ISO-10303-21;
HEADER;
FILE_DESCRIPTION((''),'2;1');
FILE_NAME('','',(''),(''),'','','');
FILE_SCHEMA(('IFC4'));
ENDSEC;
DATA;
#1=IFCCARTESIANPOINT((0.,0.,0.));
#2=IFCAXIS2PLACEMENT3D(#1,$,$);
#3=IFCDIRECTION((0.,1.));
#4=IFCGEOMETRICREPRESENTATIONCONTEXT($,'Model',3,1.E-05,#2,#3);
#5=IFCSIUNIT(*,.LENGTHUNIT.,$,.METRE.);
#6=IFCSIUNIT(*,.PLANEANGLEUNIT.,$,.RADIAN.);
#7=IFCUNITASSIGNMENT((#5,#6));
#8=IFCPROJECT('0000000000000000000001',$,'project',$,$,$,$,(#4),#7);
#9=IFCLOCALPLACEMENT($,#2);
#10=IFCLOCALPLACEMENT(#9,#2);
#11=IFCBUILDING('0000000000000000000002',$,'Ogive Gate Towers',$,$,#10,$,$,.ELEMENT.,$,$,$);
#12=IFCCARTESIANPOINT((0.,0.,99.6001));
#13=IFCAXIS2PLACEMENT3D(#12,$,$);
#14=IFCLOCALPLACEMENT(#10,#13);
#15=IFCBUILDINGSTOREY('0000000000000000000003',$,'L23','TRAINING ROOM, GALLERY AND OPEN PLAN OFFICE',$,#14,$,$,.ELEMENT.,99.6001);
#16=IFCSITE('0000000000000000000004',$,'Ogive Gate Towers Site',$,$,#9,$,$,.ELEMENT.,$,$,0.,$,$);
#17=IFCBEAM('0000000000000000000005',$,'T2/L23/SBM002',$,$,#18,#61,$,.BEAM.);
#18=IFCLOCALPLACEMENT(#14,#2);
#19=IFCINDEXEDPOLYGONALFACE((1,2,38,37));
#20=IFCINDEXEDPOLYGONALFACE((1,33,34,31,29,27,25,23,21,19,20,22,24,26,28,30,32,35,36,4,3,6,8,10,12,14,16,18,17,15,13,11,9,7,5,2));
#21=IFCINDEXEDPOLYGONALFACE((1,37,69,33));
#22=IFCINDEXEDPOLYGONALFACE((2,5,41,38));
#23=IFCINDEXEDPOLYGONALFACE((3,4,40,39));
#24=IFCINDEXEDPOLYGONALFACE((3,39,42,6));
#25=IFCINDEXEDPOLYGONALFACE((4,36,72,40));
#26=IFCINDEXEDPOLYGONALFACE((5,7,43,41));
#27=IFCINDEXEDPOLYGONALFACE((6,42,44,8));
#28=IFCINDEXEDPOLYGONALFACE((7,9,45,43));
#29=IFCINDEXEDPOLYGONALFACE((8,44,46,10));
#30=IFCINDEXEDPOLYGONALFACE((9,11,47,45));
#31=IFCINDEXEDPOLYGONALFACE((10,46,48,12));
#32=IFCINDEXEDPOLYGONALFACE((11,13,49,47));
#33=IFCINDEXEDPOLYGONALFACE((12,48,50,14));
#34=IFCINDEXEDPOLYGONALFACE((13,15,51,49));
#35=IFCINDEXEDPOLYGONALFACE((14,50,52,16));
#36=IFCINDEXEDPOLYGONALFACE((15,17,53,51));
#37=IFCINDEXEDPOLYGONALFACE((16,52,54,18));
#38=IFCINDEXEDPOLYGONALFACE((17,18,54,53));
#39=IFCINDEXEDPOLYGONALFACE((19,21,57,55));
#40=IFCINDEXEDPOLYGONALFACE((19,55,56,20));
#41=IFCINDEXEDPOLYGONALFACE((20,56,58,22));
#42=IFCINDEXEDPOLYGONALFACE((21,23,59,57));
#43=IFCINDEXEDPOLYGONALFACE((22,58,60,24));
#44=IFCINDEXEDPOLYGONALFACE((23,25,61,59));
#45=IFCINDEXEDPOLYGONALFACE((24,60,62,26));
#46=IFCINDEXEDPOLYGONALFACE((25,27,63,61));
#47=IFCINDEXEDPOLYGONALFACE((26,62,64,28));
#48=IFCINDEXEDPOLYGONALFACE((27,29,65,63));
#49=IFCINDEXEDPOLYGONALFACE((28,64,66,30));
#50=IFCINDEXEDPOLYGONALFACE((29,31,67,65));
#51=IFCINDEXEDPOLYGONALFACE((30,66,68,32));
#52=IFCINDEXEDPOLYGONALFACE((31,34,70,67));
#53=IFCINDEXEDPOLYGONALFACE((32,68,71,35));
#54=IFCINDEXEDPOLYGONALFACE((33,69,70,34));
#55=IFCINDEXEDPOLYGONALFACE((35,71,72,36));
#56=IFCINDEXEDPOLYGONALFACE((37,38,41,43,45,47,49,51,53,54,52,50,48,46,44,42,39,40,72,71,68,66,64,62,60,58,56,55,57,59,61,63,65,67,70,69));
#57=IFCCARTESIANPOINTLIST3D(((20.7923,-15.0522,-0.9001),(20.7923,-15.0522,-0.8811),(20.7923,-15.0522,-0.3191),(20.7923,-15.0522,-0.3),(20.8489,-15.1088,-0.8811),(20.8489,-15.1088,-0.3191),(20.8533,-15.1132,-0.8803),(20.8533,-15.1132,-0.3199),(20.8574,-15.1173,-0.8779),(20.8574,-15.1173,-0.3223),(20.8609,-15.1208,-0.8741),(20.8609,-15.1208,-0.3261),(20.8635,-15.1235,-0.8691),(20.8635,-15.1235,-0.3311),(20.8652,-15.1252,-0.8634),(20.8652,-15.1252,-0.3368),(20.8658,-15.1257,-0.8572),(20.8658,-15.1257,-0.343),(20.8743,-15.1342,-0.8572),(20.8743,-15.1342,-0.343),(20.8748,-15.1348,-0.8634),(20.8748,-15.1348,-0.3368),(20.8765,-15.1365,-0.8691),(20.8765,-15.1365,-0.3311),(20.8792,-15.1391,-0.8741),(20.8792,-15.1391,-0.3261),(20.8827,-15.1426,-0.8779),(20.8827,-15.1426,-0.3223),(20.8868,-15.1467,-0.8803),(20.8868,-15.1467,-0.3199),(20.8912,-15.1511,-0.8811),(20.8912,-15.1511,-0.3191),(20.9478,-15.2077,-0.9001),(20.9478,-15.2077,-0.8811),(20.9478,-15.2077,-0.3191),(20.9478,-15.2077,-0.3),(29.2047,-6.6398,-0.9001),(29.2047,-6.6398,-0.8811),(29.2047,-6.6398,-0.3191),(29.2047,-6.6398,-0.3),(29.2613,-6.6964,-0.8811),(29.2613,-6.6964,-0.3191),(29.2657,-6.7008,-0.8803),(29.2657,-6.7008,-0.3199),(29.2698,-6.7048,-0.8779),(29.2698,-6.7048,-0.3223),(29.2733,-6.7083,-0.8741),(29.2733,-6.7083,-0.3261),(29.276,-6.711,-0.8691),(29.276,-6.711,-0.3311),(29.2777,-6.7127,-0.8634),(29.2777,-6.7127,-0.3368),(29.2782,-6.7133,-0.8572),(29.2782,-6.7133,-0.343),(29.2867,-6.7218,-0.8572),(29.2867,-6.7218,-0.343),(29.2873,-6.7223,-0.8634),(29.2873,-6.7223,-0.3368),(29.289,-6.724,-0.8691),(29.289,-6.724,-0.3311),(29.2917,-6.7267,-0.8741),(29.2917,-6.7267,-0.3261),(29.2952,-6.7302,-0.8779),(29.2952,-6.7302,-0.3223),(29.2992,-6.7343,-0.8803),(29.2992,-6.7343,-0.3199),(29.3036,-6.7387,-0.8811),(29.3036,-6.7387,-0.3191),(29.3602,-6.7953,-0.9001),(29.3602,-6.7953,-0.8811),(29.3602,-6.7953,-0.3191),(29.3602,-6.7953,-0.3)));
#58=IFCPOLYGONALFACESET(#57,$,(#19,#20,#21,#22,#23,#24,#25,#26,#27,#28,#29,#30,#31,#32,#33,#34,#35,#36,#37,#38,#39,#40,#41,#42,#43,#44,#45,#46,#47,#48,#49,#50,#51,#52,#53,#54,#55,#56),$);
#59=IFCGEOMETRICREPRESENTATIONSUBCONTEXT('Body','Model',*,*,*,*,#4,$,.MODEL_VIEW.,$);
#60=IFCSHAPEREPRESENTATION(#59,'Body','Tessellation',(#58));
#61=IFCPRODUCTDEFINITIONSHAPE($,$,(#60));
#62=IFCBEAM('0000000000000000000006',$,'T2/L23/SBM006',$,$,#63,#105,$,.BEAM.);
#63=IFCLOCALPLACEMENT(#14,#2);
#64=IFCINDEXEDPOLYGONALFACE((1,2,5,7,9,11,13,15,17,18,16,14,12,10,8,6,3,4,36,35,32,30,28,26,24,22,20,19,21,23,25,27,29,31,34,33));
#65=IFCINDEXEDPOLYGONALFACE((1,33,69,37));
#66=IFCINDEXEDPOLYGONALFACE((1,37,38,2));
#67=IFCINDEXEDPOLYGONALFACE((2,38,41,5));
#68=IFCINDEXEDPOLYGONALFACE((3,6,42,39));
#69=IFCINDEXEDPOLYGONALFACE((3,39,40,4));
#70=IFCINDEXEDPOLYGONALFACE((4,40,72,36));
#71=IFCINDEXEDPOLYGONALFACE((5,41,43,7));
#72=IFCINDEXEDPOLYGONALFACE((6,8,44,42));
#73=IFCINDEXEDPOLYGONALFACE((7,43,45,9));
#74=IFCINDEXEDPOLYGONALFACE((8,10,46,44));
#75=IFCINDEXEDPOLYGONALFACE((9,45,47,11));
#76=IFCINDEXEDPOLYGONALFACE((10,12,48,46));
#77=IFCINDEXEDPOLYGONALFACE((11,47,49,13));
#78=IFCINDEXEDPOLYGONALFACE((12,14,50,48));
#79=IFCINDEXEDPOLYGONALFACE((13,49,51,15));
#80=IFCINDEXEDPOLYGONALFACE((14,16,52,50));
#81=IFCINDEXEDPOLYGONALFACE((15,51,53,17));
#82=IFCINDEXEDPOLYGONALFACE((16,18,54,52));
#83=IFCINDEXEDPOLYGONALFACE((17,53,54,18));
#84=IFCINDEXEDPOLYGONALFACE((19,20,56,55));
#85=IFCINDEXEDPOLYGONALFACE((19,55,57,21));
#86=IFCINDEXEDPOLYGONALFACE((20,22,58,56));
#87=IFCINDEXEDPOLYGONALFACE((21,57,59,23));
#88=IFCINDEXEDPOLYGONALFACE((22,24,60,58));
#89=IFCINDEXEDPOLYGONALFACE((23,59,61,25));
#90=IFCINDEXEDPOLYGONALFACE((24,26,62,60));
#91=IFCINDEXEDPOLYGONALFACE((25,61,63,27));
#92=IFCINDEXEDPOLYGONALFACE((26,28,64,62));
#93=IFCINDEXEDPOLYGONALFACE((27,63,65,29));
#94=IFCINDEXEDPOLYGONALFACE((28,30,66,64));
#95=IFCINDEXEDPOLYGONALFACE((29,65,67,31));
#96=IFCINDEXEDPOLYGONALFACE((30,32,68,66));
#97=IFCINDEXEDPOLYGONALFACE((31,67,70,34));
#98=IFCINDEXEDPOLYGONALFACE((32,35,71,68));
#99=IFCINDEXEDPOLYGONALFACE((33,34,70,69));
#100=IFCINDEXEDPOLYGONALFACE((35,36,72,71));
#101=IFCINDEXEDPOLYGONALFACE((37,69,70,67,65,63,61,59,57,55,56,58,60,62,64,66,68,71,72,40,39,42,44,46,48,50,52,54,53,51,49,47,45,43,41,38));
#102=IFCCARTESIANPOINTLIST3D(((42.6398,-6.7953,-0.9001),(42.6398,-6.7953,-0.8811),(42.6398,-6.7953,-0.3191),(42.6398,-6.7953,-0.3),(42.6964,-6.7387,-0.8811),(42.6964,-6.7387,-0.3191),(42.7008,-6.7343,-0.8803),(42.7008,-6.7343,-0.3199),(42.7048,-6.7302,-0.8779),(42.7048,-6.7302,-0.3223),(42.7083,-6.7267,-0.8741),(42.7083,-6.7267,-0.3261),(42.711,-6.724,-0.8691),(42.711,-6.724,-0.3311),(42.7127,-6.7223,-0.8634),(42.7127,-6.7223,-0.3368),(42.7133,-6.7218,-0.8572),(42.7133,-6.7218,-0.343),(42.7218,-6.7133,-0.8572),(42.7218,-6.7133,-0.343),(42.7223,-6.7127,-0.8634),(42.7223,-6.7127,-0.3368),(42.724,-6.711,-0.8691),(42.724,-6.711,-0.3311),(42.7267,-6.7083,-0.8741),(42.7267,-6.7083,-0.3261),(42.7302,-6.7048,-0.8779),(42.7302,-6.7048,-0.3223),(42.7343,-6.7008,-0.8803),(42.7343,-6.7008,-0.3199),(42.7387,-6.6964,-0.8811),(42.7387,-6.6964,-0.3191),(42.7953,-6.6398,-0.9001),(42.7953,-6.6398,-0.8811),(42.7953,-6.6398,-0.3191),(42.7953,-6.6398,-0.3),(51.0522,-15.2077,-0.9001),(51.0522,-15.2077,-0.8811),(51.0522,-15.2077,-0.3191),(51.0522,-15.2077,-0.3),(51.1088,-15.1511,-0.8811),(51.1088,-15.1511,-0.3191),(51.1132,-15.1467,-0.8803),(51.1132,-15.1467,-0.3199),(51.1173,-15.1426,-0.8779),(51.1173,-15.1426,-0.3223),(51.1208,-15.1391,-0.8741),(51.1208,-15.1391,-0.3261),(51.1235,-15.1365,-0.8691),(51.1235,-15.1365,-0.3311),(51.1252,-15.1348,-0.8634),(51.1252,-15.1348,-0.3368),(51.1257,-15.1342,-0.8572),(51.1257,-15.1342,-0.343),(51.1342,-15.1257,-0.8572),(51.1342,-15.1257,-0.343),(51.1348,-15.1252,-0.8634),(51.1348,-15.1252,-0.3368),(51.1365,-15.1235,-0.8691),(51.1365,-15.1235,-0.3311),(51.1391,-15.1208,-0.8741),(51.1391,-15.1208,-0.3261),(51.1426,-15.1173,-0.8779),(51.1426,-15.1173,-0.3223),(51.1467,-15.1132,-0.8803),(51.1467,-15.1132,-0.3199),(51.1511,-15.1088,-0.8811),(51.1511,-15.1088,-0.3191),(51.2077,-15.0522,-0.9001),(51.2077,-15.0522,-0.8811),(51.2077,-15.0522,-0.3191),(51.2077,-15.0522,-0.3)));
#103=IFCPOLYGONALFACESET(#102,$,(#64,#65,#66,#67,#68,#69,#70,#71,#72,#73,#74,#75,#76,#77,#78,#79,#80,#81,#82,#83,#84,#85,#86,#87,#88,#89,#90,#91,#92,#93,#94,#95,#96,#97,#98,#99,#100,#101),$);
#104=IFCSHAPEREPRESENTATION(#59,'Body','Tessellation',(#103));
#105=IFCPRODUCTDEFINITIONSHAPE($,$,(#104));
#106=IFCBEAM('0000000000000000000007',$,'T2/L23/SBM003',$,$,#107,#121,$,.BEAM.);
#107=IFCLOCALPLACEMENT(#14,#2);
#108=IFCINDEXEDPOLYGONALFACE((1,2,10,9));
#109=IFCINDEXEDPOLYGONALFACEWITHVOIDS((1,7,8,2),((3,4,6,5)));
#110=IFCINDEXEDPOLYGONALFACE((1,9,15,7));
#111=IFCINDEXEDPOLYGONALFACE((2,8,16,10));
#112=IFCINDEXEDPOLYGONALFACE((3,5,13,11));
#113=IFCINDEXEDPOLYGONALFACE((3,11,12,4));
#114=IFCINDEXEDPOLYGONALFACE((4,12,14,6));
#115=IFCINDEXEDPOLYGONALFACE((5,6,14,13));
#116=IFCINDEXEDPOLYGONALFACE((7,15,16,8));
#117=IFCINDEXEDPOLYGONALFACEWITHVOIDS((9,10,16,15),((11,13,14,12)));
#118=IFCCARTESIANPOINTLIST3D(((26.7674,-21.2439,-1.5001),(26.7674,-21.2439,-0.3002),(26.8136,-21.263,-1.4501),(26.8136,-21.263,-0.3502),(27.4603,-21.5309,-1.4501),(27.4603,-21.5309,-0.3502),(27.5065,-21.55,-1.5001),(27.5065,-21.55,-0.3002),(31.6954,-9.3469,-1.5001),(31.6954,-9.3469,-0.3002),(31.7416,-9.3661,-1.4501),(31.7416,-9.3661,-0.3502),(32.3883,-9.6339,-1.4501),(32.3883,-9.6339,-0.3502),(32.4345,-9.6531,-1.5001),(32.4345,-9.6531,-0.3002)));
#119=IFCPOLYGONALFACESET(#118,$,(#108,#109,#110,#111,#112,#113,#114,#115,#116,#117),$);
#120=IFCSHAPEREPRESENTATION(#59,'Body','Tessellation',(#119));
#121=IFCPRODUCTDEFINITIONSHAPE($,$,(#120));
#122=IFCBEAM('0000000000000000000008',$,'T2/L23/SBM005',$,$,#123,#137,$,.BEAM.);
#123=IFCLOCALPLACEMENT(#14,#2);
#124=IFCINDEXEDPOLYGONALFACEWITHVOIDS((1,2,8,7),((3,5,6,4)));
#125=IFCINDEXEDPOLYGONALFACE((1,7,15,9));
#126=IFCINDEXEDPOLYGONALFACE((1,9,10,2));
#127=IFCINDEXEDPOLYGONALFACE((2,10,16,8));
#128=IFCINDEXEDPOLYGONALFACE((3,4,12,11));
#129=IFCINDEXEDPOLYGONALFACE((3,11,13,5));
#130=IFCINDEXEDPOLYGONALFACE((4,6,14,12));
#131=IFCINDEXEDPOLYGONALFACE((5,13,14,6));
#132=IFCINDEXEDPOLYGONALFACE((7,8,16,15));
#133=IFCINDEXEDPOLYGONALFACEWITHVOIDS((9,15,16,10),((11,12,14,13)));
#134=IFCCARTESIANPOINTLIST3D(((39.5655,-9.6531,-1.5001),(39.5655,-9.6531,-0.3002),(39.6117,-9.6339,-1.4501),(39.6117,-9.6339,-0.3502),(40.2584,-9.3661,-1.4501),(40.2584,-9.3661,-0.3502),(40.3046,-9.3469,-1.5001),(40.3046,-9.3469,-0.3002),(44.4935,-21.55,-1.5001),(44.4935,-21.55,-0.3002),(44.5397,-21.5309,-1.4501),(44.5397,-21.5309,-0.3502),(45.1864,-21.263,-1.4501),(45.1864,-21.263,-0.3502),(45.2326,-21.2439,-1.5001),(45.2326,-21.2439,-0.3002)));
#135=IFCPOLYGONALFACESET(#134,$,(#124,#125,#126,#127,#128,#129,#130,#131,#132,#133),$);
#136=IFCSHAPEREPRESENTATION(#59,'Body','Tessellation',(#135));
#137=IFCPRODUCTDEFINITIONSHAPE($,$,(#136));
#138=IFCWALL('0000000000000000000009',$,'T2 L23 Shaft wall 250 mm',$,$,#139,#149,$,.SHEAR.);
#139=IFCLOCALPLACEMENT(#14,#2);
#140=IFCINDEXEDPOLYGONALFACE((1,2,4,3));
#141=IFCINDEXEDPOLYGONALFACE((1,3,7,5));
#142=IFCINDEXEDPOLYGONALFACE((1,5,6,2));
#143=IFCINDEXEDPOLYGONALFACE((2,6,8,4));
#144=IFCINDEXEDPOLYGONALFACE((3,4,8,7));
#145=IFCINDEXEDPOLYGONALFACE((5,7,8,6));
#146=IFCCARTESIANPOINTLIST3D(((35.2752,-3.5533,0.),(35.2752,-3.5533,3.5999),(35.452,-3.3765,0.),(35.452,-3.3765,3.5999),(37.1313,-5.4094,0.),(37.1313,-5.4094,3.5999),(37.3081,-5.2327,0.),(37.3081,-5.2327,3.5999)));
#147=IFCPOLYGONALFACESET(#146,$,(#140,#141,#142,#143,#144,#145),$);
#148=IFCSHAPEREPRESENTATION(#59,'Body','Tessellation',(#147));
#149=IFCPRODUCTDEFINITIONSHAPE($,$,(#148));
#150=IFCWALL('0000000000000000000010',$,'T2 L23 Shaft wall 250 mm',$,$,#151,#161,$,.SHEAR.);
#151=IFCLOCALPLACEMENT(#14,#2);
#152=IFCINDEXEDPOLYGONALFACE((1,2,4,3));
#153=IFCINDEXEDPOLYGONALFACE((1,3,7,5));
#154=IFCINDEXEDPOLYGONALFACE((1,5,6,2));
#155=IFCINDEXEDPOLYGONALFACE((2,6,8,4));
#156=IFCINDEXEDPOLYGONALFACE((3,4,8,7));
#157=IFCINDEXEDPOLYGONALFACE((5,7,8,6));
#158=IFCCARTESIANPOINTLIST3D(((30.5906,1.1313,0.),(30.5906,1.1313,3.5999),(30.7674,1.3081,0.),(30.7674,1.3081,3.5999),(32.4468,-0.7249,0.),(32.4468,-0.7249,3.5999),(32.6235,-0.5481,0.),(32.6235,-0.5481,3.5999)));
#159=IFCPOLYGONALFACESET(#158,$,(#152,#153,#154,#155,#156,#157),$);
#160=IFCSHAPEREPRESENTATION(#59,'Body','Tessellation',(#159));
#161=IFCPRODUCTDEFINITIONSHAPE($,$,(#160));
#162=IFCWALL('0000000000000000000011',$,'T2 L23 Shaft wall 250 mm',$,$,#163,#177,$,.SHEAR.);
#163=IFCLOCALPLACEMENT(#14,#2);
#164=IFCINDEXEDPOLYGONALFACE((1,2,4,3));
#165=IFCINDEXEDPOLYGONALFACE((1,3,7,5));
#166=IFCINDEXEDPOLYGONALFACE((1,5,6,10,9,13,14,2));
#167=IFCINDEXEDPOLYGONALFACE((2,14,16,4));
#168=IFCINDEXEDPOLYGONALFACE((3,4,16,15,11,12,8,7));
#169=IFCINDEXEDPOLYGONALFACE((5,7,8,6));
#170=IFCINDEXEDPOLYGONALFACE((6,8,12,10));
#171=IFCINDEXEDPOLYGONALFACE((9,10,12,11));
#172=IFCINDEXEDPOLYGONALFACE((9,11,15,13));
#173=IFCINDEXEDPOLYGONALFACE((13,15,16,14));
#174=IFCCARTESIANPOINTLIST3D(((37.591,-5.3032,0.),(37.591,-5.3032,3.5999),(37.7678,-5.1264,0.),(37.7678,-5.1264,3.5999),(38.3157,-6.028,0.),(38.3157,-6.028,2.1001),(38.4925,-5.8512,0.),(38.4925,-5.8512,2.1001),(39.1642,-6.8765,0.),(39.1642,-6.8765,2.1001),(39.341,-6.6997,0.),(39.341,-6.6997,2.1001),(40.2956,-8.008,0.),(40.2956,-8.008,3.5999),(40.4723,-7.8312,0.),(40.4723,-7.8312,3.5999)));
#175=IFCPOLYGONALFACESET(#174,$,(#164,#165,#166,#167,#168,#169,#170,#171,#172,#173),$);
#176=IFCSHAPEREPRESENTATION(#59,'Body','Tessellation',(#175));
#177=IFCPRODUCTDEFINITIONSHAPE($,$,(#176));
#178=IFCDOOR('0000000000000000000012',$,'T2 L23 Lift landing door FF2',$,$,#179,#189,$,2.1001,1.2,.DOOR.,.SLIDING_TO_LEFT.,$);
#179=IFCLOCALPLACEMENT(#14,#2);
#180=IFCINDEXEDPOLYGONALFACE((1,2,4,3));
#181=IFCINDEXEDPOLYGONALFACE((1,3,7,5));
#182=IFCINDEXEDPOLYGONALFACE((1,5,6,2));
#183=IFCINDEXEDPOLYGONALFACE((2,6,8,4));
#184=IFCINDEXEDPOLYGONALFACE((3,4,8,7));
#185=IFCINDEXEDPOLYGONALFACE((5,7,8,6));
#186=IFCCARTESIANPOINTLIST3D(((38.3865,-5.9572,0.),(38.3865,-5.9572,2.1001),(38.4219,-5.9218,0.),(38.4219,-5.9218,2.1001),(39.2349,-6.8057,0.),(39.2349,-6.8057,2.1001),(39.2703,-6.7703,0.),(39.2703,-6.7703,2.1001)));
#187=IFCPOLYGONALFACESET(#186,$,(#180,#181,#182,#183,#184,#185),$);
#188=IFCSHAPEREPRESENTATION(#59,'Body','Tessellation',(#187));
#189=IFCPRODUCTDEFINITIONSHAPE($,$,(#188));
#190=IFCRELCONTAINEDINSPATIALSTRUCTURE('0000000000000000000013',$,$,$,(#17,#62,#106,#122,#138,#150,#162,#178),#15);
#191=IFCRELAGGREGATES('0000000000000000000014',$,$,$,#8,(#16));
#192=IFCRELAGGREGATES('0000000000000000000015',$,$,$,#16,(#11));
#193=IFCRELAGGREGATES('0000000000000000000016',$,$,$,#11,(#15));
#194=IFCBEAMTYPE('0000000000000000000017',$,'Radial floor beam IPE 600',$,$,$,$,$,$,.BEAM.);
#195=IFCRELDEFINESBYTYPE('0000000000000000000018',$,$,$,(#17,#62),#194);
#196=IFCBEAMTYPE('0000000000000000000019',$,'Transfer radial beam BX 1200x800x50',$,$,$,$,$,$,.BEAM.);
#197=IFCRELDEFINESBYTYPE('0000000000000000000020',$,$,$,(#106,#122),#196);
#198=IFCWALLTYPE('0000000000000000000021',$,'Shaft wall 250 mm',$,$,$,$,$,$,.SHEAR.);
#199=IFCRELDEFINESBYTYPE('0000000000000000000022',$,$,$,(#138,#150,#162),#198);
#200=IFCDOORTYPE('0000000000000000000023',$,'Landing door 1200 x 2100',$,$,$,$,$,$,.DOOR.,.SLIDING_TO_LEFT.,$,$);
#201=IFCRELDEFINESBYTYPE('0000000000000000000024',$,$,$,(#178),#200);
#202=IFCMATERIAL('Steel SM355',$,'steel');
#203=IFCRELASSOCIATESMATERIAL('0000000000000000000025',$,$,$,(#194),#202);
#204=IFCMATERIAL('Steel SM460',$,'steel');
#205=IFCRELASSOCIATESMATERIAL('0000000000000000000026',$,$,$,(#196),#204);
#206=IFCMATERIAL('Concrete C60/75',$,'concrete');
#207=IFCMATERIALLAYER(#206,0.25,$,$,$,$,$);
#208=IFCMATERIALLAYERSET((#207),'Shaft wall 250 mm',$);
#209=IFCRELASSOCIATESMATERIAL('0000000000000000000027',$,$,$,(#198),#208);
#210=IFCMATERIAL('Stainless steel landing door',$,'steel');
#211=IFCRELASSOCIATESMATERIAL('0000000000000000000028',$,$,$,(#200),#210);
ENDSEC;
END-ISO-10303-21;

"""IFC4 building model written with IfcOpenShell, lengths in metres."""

from ifc_helpers import new_model, si_unit, direction, frame, frame_2d, origin, origin_2d, place, context, subcontext, project, spatial, rectangle, hollow_rectangle, i_section, extrude, material, layer, layer_set, material_profile, profile_set, type_object, element, fill, save


model = new_model("IFC4")

# Units and contexts
model_context = context("Model", 3, precision=1e-05, world=origin(), true_north=direction((0.0, 1.0)))
body_context = subcontext(model_context, "Body", "Model", "MODEL_VIEW")
ifc_project = project(units=[si_unit("LENGTHUNIT", "METRE"), si_unit("PLANEANGLEUNIT", "RADIAN")], contexts=[model_context])

# Site, building, storey
site_placement = place(None, origin())
site = spatial("IfcSite", under=ifc_project, at=site_placement, Name="Ogive Gate Towers Site", CompositionType="ELEMENT", RefElevation=0.0)
building_placement = place(site_placement, origin())
building = spatial("IfcBuilding", under=site, at=building_placement, Name="Ogive Gate Towers", CompositionType="ELEMENT")
storey_placement = place(building_placement, frame((0.0, 0.0, 99.6001)))
storey = spatial("IfcBuildingStorey", under=building, at=storey_placement, Name="L23", Description="TRAINING ROOM, GALLERY AND OPEN PLAN OFFICE", CompositionType="ELEMENT", Elevation=99.6001)

# Beams
ifc_material_1 = material(Name="Steel SM355", Category="steel")
ifc_material_profile_1 = material_profile(ifc_material_1, i_section(OverallWidth=0.22, OverallDepth=0.6001, WebThickness=0.012, FlangeThickness=0.019, FilletRadius=0.0239, at=origin_2d()), Name="IPE 600")
ifc_profile_set_1 = profile_set([ifc_material_profile_1], Name="Steel SM355")
beam_type_1 = type_object("IfcBeamType", Name="Radial floor beam IPE 600", PredefinedType="BEAM", material=ifc_profile_set_1)
for number, where, z_axis, x_axis, name in (
    (1, (29.2825, -6.7175, -0.6001), (-0.707107, -0.707107, 0.0), (0.707107, -0.707107, 0.0), "T2/L23/SBM002"),
    (2, (42.7175, -6.7175, -0.6001), (0.707107, -0.707107, 0.0), (0.707107, 0.707107, 0.0), "T2/L23/SBM006"),
):
    element("IfcBeam", number, at=place(storey_placement, frame(where, z_axis=z_axis, x_axis=x_axis)), inside=storey, type_object=beam_type_1, Name=name, PredefinedType="BEAM", context=body_context, shape_type="SweptSolid", body=[
        extrude(i_section(OverallWidth=0.22, OverallDepth=0.6001, WebThickness=0.012, FlangeThickness=0.019, FilletRadius=0.0239, at=origin_2d()), origin(), (0.0, 0.0, 1.0), 11.897),
    ])
ifc_material_2 = material(Name="Steel SM460", Category="steel")
ifc_material_profile_2 = material_profile(ifc_material_2, hollow_rectangle(XDim=0.8, YDim=1.2, WallThickness=0.05, at=origin_2d()), Name="BX 1200x800x50")
ifc_profile_set_2 = profile_set([ifc_material_profile_2], Name="Steel SM460")
beam_type_2 = type_object("IfcBeamType", Name="Transfer radial beam BX 1200x800x50", PredefinedType="BEAM", material=ifc_profile_set_2)
for number, where, z_axis, x_axis, name in (
    (3, (32.0649, -9.5, -0.9001), (-0.382689, -0.923877, 0.0), (0.923877, -0.382689, 0.0), "T2/L23/SBM003"),
    (4, (39.9351, -9.5, -0.9001), (0.382689, -0.923877, 0.0), (0.923877, 0.382689, 0.0), "T2/L23/SBM005"),
):
    element("IfcBeam", number, at=place(storey_placement, frame(where, z_axis=z_axis, x_axis=x_axis)), inside=storey, type_object=beam_type_2, Name=name, PredefinedType="BEAM", context=body_context, shape_type="SweptSolid", body=[
        extrude(hollow_rectangle(XDim=0.8, YDim=1.2, WallThickness=0.05, at=origin_2d()), origin(), (0.0, 0.0, 1.0), 12.8772),
    ])

# Walls
ifc_material_3 = material(Name="Concrete C60/75", Category="concrete")
ifc_layer_1 = layer(ifc_material_3, 0.25)
ifc_layer_set_1 = layer_set([ifc_layer_1], Name="Shaft wall 250 mm")
wall_type_1 = type_object("IfcWallType", Name="Shaft wall 250 mm", PredefinedType="SHEAR", material=ifc_layer_set_1)
for number, where, z_axis, x_axis, name in (
    (5, (37.2197, -5.321, 0.0), (0.0, 0.0, 1.0), (-0.707107, 0.707107, 0.0), "T2 L23 Shaft wall 250 mm"),
    (6, (32.5352, -0.6365, 0.0), (0.0, 0.0, 1.0), (-0.707107, 0.707107, 0.0), "T2 L23 Shaft wall 250 mm"),
):
    element("IfcWall", number, at=place(storey_placement, frame(where, z_axis=z_axis, x_axis=x_axis)), inside=storey, type_object=wall_type_1, Name=name, PredefinedType="SHEAR", context=body_context, shape_type="SweptSolid", body=[
        extrude(rectangle(XDim=2.625, YDim=0.25, at=frame_2d((1.3125, 0.0))), origin(), (0.0, 0.0, 1.0), 3.5999),
    ])

# Wall, opening, door
wall_1_placement = place(storey_placement, frame((40.384, -7.9197, 0.0), z_axis=(0.0, 0.0, 1.0), x_axis=(-0.707075, 0.707139, 0.0)))
wall_1 = element("IfcWall", 7, at=wall_1_placement, inside=storey, type_object=wall_type_1, Name="T2 L23 Shaft wall 250 mm", PredefinedType="SHEAR", context=body_context, shape_type="SweptSolid", body=[
    extrude(rectangle(XDim=3.825, YDim=0.25, at=frame_2d((1.9126, 0.0))), origin(), (0.0, 0.0, 1.0), 3.5999),
])
opening_1_placement = place(wall_1_placement, frame((1.6001, 0.0, 0.0)))
opening_1 = element("IfcOpeningElement", 8, at=opening_1_placement, cuts=wall_1, PredefinedType="OPENING", context=body_context, shape_type="SweptSolid", body=[
    extrude(rectangle(XDim=1.2, YDim=2.1001, at=frame_2d((0.6001, 1.05))), frame((0.0, 0.135, 0.0), z_axis=(0.0, -1.0, 0.0), x_axis=(1.0, 0.0, 0.0)), (0.0, 0.0, 1.0), 0.27),
])
ifc_material_4 = material(Name="Stainless steel landing door", Category="steel")
door_type_1 = type_object("IfcDoorType", Name="Landing door 1200 x 2100", OperationType="SLIDING_TO_LEFT", PredefinedType="DOOR", material=ifc_material_4)
door_1_placement = place(opening_1_placement, origin())
door_1 = element("IfcDoor", 9, at=door_1_placement, inside=storey, type_object=door_type_1, Name="T2 L23 Lift landing door FF2", OperationType="SLIDING_TO_LEFT", OverallHeight=2.1001, OverallWidth=1.2, PredefinedType="DOOR", context=body_context, shape_type="SweptSolid", body=[
    extrude(rectangle(XDim=1.2, YDim=2.1001, at=frame_2d((0.6001, 1.05))), frame((0.0, 0.0249, 0.0), z_axis=(0.0, -1.0, 0.0), x_axis=(1.0, 0.0, 0.0)), (0.0, 0.0, 1.0), 0.05),
])
fill(opening_1, door_1)

save(model, "model.ifc")
